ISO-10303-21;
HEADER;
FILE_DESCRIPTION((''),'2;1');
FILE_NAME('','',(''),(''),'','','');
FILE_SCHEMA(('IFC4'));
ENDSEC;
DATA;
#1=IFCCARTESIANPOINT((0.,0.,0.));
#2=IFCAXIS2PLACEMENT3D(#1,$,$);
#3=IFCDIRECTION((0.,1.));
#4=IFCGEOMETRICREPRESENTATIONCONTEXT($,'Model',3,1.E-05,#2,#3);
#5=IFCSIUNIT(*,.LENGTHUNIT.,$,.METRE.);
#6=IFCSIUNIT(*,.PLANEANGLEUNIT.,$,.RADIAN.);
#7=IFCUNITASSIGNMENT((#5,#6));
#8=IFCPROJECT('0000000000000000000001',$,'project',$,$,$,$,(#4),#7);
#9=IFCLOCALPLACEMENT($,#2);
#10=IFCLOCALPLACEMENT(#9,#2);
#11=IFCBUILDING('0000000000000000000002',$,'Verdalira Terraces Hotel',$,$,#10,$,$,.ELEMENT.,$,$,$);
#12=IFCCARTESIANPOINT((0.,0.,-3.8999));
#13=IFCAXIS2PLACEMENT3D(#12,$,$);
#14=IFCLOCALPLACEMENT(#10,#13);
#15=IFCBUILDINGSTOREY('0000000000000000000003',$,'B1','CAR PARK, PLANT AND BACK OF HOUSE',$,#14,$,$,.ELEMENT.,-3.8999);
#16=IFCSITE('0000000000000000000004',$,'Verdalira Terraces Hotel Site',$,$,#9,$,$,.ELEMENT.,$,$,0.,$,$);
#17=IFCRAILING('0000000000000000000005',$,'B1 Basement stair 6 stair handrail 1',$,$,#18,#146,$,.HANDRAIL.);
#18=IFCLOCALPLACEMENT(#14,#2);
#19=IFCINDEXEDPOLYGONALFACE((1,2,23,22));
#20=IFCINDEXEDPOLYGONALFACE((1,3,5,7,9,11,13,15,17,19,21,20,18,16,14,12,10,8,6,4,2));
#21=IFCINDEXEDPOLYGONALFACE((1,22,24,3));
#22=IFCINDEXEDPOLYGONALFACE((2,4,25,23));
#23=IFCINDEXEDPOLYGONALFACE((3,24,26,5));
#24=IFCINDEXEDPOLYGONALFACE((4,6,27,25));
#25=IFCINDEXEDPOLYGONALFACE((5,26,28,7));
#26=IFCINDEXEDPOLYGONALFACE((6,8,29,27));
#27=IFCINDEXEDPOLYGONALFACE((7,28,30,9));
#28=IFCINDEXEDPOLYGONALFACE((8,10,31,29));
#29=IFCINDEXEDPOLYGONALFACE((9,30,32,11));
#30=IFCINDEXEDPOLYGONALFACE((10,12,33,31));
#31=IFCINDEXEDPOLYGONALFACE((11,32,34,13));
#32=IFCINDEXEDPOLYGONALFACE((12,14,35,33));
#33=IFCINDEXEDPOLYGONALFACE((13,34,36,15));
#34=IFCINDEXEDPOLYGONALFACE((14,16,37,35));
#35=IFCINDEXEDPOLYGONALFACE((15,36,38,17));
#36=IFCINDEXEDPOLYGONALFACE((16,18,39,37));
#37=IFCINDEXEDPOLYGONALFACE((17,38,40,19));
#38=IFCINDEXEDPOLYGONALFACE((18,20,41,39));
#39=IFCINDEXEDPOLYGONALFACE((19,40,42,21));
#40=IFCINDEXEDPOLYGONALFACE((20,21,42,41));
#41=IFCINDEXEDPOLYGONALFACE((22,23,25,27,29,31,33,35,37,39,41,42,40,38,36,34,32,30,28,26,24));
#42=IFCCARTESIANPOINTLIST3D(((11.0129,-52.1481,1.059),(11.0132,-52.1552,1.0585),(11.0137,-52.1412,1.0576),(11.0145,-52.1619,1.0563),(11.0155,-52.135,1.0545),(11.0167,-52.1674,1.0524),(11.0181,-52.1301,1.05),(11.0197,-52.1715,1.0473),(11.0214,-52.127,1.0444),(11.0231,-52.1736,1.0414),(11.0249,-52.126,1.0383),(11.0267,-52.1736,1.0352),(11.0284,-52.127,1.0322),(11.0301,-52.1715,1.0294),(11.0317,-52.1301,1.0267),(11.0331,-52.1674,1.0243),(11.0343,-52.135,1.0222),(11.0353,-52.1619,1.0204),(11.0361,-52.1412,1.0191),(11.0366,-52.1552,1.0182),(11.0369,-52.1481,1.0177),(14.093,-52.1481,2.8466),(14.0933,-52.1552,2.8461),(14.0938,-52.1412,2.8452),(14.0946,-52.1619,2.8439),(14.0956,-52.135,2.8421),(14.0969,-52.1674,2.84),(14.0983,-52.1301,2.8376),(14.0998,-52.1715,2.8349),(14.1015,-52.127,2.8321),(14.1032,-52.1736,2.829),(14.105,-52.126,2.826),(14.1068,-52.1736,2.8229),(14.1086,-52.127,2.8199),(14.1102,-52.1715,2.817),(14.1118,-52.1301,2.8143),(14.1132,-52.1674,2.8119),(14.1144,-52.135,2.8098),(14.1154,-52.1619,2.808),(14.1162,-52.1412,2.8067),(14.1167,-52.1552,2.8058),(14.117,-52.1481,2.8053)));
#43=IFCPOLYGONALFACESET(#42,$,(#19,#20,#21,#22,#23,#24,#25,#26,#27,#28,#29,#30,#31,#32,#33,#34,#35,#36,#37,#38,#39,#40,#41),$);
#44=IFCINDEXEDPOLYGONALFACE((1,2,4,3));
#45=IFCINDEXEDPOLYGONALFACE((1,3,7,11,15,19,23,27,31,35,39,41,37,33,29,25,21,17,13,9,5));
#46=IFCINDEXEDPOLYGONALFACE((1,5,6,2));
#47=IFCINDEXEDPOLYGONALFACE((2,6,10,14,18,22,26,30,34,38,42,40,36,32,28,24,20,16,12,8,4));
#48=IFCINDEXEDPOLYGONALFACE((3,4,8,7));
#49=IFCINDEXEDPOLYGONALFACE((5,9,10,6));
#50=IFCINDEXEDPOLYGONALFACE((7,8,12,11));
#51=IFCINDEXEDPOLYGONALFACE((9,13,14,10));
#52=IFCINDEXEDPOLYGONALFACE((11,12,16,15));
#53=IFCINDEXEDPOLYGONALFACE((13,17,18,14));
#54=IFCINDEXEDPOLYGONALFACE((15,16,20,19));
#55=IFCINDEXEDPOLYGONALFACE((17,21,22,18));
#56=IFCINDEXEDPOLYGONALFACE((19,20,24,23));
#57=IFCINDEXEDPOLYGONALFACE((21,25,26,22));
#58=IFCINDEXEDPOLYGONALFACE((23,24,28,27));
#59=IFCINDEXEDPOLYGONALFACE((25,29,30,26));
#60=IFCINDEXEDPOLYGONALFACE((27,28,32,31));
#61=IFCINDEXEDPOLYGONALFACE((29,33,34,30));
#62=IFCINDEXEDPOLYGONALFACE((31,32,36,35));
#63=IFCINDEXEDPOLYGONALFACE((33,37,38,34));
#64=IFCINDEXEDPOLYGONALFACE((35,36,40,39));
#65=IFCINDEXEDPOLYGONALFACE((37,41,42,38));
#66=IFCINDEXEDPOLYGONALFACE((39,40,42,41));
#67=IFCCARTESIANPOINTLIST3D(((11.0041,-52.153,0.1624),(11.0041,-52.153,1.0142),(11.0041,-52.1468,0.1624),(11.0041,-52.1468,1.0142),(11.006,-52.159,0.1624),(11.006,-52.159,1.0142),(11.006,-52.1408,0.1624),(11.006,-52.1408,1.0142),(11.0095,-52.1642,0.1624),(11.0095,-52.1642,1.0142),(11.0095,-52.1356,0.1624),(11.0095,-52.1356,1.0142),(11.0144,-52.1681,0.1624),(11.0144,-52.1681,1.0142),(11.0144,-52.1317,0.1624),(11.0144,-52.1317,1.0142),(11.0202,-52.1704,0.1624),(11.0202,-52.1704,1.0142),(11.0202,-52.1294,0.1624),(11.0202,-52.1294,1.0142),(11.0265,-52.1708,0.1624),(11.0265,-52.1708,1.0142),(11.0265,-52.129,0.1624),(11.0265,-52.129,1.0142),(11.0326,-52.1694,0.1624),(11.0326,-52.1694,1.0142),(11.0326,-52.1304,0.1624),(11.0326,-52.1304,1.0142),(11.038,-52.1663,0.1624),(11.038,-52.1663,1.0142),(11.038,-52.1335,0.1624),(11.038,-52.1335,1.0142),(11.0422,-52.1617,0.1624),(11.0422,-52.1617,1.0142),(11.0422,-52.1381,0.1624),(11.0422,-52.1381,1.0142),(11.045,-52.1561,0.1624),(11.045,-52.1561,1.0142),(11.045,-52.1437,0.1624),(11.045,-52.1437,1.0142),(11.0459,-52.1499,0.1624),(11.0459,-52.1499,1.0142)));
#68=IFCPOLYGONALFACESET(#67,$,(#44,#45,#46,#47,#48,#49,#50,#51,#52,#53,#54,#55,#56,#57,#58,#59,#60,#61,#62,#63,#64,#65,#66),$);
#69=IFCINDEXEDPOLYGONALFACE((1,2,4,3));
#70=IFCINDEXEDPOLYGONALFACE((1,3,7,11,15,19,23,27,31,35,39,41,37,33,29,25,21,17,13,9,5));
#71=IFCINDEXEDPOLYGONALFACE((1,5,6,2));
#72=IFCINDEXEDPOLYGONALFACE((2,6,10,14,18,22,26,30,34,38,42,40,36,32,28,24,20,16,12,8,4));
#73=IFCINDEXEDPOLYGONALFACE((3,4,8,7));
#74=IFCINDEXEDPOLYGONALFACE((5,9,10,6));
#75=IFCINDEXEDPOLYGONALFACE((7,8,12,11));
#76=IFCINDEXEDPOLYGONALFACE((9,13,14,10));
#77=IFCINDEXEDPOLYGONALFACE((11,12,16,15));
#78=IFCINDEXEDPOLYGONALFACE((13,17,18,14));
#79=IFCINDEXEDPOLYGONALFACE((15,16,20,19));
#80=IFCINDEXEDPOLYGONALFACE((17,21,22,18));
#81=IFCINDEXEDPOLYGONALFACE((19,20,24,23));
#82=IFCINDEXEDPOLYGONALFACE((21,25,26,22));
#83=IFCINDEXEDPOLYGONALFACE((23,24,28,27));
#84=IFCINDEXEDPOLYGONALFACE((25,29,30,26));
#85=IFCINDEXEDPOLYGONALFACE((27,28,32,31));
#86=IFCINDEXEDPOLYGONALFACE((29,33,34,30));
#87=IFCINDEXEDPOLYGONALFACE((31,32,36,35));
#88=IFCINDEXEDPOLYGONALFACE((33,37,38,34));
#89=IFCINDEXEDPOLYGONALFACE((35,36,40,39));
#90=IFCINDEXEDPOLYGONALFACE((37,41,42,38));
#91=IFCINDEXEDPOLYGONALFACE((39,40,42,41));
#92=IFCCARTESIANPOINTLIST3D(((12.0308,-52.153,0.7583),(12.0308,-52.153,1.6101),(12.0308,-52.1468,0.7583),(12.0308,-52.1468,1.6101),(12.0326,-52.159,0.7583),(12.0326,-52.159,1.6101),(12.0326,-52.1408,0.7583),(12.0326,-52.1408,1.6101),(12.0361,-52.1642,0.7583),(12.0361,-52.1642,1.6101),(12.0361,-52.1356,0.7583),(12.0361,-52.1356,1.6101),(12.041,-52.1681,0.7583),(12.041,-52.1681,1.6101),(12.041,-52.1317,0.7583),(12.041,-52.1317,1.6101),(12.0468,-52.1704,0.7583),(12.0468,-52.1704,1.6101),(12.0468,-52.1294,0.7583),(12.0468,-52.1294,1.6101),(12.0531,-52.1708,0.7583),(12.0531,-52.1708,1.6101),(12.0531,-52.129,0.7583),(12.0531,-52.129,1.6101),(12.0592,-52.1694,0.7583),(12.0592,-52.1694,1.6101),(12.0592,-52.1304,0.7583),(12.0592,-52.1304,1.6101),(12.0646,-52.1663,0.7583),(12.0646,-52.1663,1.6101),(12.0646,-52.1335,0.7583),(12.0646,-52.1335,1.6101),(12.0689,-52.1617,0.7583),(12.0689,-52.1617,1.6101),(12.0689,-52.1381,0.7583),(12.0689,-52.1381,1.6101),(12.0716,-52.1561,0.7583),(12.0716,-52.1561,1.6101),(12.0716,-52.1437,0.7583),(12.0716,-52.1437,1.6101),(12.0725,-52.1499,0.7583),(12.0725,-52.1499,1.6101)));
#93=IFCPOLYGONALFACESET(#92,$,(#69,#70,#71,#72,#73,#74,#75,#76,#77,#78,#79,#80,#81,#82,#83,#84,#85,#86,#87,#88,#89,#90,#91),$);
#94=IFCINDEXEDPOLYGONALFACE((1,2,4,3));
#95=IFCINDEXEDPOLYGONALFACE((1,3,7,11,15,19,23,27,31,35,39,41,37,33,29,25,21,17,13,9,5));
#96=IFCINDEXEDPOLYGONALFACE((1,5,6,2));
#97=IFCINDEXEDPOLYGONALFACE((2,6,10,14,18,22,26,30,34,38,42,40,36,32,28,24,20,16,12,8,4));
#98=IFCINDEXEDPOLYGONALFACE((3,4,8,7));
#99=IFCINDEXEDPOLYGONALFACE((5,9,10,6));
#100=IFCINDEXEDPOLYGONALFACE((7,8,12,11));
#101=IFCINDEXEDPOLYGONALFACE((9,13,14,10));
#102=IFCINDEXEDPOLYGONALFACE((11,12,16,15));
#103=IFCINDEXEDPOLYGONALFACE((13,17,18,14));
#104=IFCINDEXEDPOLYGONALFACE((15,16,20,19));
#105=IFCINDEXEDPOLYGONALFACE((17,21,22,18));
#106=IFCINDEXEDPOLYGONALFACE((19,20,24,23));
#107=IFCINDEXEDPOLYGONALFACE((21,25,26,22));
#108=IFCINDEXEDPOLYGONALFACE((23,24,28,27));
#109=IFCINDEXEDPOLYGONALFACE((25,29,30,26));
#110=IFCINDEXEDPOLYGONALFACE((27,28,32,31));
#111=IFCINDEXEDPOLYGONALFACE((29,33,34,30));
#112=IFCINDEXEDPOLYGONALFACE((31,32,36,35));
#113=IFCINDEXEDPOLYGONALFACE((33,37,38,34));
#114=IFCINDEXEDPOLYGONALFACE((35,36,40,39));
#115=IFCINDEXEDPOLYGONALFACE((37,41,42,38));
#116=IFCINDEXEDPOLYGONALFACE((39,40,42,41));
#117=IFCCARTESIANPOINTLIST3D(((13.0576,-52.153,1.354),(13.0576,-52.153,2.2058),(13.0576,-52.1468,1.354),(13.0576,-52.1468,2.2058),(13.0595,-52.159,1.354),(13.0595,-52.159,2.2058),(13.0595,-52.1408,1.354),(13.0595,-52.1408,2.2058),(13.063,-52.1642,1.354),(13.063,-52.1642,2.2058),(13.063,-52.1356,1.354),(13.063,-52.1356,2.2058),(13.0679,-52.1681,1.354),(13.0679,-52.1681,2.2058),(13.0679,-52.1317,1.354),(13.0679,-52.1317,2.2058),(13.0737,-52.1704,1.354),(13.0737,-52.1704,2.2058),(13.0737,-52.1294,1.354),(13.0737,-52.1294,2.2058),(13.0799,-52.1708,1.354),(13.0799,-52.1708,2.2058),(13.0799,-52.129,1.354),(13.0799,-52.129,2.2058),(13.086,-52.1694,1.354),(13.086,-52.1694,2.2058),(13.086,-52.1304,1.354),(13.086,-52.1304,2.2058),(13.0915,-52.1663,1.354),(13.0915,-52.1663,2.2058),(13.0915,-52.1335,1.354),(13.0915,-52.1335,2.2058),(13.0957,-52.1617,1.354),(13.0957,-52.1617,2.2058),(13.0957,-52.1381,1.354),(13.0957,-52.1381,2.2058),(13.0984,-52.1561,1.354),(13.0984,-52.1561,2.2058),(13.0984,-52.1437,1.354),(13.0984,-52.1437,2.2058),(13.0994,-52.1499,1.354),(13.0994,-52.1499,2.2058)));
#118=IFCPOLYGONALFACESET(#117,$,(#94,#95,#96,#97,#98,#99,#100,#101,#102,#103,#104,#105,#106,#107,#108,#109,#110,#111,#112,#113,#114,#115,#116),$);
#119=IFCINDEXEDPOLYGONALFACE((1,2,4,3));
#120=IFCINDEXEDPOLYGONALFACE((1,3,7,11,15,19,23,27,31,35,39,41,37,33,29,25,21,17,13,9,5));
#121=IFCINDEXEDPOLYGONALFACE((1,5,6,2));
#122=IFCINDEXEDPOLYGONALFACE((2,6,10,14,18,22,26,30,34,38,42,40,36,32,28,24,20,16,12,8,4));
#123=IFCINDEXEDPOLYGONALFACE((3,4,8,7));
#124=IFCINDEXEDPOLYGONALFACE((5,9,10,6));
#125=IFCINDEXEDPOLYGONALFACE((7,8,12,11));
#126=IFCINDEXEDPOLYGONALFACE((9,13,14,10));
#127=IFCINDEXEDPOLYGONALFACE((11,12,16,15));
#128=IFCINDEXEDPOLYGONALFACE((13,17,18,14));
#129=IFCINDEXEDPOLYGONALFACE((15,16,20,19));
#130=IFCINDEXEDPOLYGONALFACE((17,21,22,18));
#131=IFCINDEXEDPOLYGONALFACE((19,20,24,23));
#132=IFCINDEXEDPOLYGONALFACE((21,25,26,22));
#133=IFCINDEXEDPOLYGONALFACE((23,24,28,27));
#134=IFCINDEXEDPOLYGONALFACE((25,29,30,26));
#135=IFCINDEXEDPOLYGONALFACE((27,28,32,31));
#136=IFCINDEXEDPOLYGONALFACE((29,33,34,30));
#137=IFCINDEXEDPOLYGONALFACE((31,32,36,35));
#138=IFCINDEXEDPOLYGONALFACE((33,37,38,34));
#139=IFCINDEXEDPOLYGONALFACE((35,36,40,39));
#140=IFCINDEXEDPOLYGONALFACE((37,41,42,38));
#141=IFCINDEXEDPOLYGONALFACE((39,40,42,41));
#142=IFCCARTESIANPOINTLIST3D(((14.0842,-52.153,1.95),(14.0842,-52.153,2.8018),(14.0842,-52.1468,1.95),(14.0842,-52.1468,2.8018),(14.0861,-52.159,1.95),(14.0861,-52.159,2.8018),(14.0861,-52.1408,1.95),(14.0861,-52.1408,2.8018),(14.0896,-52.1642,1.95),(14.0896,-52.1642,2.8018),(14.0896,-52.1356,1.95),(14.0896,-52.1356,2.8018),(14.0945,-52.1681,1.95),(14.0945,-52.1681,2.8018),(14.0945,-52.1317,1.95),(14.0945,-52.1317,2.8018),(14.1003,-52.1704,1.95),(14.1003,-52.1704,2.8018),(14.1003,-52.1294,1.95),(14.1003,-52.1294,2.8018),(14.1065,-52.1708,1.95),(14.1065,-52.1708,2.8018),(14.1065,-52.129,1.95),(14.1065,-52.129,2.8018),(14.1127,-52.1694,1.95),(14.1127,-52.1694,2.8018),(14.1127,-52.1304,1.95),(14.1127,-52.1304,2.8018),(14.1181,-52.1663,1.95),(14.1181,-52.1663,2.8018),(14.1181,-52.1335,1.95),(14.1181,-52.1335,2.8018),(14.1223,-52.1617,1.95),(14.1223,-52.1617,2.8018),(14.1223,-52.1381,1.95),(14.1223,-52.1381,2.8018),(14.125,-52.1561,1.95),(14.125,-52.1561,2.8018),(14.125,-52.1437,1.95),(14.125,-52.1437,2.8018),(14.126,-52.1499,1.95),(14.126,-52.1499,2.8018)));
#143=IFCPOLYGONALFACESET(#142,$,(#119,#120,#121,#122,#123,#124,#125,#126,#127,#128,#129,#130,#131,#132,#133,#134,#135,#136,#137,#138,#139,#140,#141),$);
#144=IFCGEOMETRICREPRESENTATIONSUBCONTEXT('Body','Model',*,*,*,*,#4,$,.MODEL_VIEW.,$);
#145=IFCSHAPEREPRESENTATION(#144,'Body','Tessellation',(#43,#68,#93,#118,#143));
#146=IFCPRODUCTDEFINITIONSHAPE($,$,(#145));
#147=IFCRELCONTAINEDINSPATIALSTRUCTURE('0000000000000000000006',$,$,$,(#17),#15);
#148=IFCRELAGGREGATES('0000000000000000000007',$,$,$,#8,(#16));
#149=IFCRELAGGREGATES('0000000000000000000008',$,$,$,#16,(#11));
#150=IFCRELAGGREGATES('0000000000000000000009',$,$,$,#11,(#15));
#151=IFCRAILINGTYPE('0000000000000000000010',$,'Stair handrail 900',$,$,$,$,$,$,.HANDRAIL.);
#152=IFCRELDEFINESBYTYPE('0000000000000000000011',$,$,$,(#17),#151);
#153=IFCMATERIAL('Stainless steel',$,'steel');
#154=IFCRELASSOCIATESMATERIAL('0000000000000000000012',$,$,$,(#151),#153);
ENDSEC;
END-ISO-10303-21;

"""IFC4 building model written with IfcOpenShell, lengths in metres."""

from ifc_helpers import new_model, si_unit, direction, frame, origin, origin_2d, place, context, subcontext, project, spatial, circle, extrude, material, type_object, element, save


model = new_model("IFC4")

# Units and contexts
model_context = context("Model", 3, precision=1e-05, world=origin(), true_north=direction((0.0, 1.0)))
body_context = subcontext(model_context, "Body", "Model", "MODEL_VIEW")
ifc_project = project(units=[si_unit("LENGTHUNIT", "METRE"), si_unit("PLANEANGLEUNIT", "RADIAN")], contexts=[model_context])

# Site, building, storey
site_placement = place(None, origin())
site = spatial("IfcSite", under=ifc_project, at=site_placement, Name="Verdalira Terraces Hotel Site", CompositionType="ELEMENT", RefElevation=0.0)
building_placement = place(site_placement, origin())
building = spatial("IfcBuilding", under=site, at=building_placement, Name="Verdalira Terraces Hotel", CompositionType="ELEMENT")
storey_placement = place(building_placement, frame((0.0, 0.0, -3.8999)))
storey = spatial("IfcBuildingStorey", under=building, at=storey_placement, Name="B1", Description="CAR PARK, PLANT AND BACK OF HOUSE", CompositionType="ELEMENT", Elevation=-3.8999)

# Railing
ifc_material_1 = material(Name="Stainless steel", Category="steel")
railing_type_1 = type_object("IfcRailingType", Name="Stair handrail 900", PredefinedType="HANDRAIL", material=ifc_material_1)
railing_1_placement = place(storey_placement, frame((11.0249, -52.1499, 0.1624)))
element("IfcRailing", 1, at=railing_1_placement, inside=storey, type_object=railing_type_1, Name="B1 Basement stair 6 stair handrail 1", PredefinedType="HANDRAIL", context=body_context, shape_type="SweptSolid", body=[
    extrude(circle(Radius=0.0239, at=origin_2d()), frame((0.0, 0.0, 0.876), z_axis=(0.864891, 0.0, 0.50196), x_axis=(0.0, 1.0, 0.0)), (0.0, 0.0, 1.0), 3.5613),
    extrude(circle(Radius=0.021, at=origin_2d()), origin(), (0.0, 0.0, 1.0), 0.8518),
    extrude(circle(Radius=0.021, at=origin_2d()), frame((1.0266, 0.0, 0.5959)), (0.0, 0.0, 1.0), 0.8518),
    extrude(circle(Radius=0.021, at=origin_2d()), frame((2.0535, 0.0, 1.1917)), (0.0, 0.0, 1.0), 0.8518),
    extrude(circle(Radius=0.021, at=origin_2d()), frame((3.0801, 0.0, 1.7876)), (0.0, 0.0, 1.0), 0.8518),
])

save(model, "model.ifc")
